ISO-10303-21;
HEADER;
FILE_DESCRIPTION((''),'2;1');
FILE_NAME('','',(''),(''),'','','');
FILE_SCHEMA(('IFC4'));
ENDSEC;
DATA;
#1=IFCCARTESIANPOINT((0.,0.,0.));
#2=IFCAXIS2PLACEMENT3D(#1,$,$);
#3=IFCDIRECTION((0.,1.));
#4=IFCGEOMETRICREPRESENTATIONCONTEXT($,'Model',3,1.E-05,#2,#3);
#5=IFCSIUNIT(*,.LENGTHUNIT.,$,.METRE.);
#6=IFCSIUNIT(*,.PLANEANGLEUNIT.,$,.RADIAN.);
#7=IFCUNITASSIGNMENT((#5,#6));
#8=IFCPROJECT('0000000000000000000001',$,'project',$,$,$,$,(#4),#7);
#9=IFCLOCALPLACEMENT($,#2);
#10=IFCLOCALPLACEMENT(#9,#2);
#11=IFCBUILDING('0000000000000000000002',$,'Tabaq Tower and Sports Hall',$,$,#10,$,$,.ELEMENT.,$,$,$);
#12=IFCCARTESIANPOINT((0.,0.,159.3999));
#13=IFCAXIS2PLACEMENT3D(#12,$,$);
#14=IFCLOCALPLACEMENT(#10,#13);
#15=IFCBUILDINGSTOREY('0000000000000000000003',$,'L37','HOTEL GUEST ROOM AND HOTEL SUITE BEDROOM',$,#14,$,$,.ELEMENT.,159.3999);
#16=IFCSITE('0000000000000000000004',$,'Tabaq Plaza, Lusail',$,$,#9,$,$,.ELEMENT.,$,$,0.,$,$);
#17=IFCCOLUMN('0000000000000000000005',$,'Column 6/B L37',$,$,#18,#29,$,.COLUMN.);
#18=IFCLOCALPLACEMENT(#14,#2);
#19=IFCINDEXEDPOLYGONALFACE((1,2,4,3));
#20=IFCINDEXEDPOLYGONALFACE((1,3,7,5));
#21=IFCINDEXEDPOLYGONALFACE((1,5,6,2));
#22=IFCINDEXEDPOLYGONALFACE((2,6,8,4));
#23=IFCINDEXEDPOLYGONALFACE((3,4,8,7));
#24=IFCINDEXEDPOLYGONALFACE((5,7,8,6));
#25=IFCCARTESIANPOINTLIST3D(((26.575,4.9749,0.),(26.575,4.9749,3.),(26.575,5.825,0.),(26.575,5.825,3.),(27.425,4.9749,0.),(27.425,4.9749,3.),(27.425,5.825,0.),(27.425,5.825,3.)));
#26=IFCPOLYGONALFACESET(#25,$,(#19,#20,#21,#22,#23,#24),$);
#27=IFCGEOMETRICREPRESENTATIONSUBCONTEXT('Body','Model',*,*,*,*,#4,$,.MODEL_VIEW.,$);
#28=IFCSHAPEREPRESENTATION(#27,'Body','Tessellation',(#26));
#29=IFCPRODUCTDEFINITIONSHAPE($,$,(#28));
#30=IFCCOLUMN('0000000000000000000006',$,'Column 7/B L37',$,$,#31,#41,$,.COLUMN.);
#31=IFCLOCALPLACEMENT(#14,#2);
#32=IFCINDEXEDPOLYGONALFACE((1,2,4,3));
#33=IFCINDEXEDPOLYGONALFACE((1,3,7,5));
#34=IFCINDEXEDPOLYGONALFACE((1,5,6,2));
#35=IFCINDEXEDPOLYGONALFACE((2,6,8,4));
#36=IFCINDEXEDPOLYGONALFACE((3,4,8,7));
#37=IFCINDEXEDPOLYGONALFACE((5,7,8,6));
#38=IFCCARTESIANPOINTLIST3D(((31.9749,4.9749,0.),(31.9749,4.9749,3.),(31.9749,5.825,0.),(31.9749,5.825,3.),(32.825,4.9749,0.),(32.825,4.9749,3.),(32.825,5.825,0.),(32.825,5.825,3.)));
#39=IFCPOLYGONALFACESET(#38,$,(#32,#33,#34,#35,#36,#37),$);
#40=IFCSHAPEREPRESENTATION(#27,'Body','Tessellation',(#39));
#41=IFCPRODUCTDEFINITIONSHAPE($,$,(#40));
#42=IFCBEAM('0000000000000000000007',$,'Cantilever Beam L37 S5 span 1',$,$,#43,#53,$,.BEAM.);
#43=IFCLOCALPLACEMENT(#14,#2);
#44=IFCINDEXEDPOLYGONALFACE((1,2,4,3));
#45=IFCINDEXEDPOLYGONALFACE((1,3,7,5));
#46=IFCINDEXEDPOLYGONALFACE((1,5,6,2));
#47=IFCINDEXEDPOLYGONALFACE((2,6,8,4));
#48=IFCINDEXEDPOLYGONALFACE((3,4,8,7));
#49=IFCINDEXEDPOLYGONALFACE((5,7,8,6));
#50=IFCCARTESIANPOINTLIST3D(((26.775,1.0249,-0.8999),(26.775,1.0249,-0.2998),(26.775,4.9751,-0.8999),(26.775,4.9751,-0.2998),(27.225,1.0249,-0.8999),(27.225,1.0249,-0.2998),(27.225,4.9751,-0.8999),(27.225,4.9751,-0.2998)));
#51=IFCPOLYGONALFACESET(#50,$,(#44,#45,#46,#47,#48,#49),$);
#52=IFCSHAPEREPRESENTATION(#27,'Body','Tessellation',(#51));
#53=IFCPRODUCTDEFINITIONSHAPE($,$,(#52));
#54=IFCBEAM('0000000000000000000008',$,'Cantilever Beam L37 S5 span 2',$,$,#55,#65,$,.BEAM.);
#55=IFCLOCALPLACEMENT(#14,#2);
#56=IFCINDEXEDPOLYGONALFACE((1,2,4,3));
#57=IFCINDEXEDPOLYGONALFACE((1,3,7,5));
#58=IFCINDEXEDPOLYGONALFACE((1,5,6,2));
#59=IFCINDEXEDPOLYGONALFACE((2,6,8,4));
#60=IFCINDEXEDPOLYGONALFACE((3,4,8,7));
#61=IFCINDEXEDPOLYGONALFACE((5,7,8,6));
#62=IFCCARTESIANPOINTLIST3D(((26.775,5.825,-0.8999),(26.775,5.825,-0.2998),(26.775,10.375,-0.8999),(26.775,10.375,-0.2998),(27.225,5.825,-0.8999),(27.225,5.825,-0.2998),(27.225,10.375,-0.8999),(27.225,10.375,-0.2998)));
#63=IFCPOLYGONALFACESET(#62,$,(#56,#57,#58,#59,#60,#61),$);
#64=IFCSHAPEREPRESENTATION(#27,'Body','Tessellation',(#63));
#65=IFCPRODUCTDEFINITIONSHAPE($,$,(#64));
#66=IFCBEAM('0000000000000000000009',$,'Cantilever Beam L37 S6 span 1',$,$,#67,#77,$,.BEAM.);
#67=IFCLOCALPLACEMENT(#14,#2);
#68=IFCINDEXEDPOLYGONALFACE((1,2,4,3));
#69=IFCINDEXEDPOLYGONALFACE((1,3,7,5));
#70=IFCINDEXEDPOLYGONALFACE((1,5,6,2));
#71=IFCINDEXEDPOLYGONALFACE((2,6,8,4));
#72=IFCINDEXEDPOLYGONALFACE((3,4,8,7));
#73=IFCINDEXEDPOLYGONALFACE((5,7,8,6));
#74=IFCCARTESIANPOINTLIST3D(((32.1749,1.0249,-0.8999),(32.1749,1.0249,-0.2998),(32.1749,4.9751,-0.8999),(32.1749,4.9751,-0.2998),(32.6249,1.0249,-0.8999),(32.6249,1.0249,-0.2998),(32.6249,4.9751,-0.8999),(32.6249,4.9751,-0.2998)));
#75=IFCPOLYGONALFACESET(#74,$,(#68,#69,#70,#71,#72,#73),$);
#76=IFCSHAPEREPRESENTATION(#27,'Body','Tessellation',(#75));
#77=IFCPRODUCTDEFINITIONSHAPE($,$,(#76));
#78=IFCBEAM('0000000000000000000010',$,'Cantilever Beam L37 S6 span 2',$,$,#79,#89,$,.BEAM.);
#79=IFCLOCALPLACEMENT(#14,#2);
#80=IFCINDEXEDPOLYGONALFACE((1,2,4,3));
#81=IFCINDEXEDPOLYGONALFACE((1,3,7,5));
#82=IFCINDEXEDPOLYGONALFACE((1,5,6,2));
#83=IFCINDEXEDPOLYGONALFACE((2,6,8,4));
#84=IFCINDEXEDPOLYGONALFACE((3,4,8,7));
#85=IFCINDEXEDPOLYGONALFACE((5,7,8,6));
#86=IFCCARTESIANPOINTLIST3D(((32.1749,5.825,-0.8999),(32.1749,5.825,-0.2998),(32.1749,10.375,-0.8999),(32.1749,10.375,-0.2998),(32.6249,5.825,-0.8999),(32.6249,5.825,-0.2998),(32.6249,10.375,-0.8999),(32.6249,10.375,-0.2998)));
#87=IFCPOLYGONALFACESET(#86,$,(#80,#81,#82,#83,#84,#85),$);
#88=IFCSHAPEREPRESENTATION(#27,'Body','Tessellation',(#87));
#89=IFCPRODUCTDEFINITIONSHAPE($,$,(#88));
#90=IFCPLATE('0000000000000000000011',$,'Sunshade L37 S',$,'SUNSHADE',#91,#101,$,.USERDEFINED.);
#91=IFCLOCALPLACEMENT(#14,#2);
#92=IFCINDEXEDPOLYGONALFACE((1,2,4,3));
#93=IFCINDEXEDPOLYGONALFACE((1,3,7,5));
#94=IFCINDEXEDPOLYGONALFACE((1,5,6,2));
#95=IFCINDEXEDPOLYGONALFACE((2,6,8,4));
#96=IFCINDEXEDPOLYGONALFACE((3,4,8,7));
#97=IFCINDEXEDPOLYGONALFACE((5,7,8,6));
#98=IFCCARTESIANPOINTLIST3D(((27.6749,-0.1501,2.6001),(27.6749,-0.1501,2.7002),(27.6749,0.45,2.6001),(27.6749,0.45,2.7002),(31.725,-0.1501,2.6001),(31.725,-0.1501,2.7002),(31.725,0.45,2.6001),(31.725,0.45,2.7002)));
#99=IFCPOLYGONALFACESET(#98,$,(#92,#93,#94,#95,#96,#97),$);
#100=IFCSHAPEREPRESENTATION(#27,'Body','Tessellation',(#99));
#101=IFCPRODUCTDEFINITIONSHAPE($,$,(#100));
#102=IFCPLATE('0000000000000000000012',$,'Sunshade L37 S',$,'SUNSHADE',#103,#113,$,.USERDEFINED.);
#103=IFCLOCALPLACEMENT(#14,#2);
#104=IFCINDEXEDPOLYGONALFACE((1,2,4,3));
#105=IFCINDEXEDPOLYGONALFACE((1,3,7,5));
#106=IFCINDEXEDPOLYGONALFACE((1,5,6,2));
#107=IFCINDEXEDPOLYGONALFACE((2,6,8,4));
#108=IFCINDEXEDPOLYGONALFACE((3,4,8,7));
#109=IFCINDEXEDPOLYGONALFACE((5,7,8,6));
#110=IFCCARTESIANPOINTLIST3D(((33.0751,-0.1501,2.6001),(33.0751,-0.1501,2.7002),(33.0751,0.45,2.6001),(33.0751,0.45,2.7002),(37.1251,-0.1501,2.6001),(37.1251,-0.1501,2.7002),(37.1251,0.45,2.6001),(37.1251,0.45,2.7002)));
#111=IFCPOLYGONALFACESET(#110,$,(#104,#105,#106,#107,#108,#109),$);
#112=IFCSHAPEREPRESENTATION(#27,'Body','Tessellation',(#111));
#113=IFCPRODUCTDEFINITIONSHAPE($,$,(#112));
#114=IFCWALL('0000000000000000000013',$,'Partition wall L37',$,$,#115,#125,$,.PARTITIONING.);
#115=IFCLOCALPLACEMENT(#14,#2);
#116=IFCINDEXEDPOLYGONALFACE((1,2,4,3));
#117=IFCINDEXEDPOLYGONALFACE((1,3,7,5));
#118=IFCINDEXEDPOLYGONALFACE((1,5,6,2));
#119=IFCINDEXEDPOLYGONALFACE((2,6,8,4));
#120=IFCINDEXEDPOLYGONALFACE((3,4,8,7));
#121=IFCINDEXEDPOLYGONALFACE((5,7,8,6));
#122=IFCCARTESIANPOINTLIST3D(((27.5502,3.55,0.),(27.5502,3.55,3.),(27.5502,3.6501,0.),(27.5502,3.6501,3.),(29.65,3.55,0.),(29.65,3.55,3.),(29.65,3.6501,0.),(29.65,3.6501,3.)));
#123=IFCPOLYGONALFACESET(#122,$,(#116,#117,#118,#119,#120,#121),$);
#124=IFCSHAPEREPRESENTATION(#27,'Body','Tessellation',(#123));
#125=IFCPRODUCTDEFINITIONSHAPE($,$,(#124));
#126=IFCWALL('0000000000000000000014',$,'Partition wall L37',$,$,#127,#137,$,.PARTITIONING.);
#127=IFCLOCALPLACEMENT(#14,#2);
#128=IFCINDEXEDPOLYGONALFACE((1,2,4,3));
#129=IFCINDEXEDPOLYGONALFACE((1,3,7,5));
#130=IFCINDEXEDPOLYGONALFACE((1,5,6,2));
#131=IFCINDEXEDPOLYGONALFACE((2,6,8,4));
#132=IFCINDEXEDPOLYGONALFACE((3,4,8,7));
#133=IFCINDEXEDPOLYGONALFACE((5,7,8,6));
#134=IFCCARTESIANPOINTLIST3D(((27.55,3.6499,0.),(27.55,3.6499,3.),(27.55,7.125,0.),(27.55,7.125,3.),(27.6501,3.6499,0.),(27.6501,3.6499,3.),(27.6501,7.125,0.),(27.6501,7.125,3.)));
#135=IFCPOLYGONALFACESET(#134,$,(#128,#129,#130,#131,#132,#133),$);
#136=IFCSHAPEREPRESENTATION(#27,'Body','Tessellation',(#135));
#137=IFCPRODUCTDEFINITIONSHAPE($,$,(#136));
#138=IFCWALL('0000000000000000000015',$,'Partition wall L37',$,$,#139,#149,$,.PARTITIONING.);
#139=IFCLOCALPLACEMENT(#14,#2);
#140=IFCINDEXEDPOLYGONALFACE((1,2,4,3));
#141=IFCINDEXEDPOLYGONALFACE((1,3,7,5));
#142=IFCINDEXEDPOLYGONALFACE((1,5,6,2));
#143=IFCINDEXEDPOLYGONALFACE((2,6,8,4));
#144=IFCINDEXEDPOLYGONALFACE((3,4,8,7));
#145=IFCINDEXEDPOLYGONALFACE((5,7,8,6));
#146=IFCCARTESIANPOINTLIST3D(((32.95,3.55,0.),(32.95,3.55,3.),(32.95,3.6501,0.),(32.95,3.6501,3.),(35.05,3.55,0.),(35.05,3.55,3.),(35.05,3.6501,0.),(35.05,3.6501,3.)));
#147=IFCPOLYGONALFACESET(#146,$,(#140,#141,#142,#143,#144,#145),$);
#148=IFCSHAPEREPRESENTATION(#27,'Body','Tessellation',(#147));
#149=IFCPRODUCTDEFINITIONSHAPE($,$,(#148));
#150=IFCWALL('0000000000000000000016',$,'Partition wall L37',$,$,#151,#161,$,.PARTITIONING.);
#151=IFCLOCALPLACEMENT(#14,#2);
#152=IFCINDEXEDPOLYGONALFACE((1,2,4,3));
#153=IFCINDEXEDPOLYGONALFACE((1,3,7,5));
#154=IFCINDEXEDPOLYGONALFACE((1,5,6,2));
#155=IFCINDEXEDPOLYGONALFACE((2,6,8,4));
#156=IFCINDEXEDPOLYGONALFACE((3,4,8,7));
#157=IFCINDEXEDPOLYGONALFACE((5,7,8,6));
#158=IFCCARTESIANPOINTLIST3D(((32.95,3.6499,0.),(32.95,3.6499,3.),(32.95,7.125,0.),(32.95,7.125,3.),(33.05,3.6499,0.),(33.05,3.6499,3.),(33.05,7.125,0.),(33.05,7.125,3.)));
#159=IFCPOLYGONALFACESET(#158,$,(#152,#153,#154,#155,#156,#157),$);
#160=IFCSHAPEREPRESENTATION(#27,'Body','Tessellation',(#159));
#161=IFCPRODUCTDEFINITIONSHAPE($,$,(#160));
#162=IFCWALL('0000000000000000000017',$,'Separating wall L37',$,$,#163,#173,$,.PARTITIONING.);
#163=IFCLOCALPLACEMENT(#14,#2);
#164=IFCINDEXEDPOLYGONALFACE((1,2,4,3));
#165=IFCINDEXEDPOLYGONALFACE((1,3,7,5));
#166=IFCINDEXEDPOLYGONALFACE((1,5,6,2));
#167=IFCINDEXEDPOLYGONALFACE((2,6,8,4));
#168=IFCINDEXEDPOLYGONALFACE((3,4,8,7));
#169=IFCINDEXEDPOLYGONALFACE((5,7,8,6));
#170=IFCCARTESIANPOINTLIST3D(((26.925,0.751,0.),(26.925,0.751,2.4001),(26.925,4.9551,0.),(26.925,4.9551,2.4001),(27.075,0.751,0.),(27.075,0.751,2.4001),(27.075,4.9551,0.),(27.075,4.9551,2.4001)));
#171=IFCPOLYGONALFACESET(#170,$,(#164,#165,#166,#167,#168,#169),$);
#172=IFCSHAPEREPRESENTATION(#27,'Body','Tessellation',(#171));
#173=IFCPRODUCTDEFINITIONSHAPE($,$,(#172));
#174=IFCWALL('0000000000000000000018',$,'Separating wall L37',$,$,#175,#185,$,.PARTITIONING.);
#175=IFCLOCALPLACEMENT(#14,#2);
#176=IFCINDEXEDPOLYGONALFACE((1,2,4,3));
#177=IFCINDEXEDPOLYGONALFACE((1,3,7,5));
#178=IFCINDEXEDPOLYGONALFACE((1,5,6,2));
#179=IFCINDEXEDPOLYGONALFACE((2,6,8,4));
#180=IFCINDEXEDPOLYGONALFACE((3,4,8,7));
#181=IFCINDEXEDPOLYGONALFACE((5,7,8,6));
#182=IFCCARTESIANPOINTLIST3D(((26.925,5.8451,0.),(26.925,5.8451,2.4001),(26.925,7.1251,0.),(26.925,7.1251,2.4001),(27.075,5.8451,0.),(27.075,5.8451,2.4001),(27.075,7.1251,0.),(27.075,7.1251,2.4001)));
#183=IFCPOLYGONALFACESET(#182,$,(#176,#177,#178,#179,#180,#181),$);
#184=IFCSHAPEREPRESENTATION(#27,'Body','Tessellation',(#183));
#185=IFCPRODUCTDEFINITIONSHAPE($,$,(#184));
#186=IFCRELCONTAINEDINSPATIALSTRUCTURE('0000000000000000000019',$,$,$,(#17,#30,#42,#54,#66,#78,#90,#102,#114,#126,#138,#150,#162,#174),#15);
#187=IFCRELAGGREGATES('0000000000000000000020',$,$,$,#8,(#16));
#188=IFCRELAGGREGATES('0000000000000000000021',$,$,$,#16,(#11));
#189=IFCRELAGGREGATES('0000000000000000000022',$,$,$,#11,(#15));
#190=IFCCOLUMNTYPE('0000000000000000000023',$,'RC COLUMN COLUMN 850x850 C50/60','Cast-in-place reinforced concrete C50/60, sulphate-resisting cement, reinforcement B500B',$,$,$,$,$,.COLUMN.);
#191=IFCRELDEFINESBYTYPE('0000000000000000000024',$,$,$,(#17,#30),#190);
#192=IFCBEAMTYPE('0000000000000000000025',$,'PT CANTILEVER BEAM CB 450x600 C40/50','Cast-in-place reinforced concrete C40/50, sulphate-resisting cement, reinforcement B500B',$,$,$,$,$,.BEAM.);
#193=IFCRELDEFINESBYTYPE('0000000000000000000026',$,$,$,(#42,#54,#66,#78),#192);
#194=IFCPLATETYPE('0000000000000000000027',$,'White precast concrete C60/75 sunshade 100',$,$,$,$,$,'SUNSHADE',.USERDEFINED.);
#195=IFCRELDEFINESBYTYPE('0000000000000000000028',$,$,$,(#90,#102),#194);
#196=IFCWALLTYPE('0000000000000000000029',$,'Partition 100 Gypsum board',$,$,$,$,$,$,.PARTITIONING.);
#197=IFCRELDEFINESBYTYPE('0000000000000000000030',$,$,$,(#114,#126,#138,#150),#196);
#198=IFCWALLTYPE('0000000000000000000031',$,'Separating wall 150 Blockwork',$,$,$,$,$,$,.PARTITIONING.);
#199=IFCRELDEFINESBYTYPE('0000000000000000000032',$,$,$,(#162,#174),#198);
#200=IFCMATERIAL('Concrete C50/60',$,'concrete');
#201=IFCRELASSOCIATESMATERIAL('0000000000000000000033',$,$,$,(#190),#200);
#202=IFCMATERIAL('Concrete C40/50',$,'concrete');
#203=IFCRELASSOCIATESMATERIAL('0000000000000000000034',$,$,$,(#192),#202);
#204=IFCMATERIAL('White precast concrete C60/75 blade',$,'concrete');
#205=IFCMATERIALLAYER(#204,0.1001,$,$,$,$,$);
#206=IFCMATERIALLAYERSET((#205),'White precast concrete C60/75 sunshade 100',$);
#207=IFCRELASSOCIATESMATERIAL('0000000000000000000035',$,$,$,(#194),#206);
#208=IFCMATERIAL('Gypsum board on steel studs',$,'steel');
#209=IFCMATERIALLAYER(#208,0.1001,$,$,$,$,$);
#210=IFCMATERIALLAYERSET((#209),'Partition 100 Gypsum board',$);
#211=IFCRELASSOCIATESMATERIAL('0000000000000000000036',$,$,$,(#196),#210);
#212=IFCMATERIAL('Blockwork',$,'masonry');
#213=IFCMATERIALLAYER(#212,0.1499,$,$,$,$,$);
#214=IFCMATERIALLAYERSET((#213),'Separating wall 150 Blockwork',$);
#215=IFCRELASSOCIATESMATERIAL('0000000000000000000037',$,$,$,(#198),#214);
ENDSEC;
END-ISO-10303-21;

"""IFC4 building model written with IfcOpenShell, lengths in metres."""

from ifc_helpers import new_model, si_unit, direction, frame, frame_2d, origin, origin_2d, place, context, subcontext, project, spatial, rectangle, extrude, material, layer, layer_set, material_profile, profile_set, type_object, element, save


model = new_model("IFC4")

# Units and contexts
model_context = context("Model", 3, precision=1e-05, world=origin(), true_north=direction((0.0, 1.0)))
body_context = subcontext(model_context, "Body", "Model", "MODEL_VIEW")
ifc_project = project(units=[si_unit("LENGTHUNIT", "METRE"), si_unit("PLANEANGLEUNIT", "RADIAN")], contexts=[model_context])

# Site, building, storey
site_placement = place(None, origin())
site = spatial("IfcSite", under=ifc_project, at=site_placement, Name="Tabaq Plaza, Lusail", CompositionType="ELEMENT", RefElevation=0.0)
building_placement = place(site_placement, origin())
building = spatial("IfcBuilding", under=site, at=building_placement, Name="Tabaq Tower and Sports Hall", CompositionType="ELEMENT")
storey_placement = place(building_placement, frame((0.0, 0.0, 159.3999)))
storey = spatial("IfcBuildingStorey", under=building, at=storey_placement, Name="L37", Description="HOTEL GUEST ROOM AND HOTEL SUITE BEDROOM", CompositionType="ELEMENT", Elevation=159.3999)

# Columns
ifc_material_1 = material(Name="Concrete C50/60", Category="concrete")
ifc_material_profile_1 = material_profile(ifc_material_1, rectangle(XDim=0.8501, YDim=0.8501, at=origin_2d()), Name="COLUMN 850x850")
ifc_profile_set_1 = profile_set([ifc_material_profile_1], Name="Concrete C50/60")
column_type = type_object("IfcColumnType", Name="RC COLUMN COLUMN 850x850 C50/60", Description="Cast-in-place reinforced concrete C50/60, sulphate-resisting cement, reinforcement B500B", PredefinedType="COLUMN", material=ifc_profile_set_1)
for number, where, z_axis, x_axis, name in (
    (1, (27.0, 5.3999, 0.0), (0.0, 0.0, 1.0), (1.0, 0.0, 0.0), "Column 6/B L37"),
    (2, (32.3999, 5.3999, 0.0), (0.0, 0.0, 1.0), (1.0, 0.0, 0.0), "Column 7/B L37"),
):
    element("IfcColumn", number, at=place(storey_placement, frame(where, z_axis=z_axis, x_axis=x_axis)), inside=storey, type_object=column_type, Name=name, PredefinedType="COLUMN", context=body_context, shape_type="SweptSolid", body=[
        extrude(rectangle(XDim=0.8501, YDim=0.8501, at=origin_2d()), origin(), (0.0, 0.0, 1.0), 3.0),
    ])

# Beams
ifc_material_2 = material(Name="Concrete C40/50", Category="concrete")
ifc_material_profile_2 = material_profile(ifc_material_2, rectangle(XDim=0.45, YDim=0.6001, at=origin_2d()), Name="CB 450x600")
ifc_profile_set_2 = profile_set([ifc_material_profile_2], Name="Concrete C40/50")
beam_type = type_object("IfcBeamType", Name="PT CANTILEVER BEAM CB 450x600 C40/50", Description="Cast-in-place reinforced concrete C40/50, sulphate-resisting cement, reinforcement B500B", PredefinedType="BEAM", material=ifc_profile_set_2)
beam_1_placement = place(storey_placement, frame((27.0, 1.0249, -0.5999), z_axis=(0.0, 1.0, 0.0), x_axis=(-1.0, 0.0, 0.0)))
element("IfcBeam", 3, at=beam_1_placement, inside=storey, type_object=beam_type, Name="Cantilever Beam L37 S5 span 1", PredefinedType="BEAM", context=body_context, shape_type="SweptSolid", body=[
    extrude(rectangle(XDim=0.45, YDim=0.6001, at=origin_2d()), origin(), (0.0, 0.0, 1.0), 3.9502),
])
beam_2_placement = place(storey_placement, frame((27.0, 5.825, -0.5999), z_axis=(0.0, 1.0, 0.0), x_axis=(-1.0, 0.0, 0.0)))
element("IfcBeam", 4, at=beam_2_placement, inside=storey, type_object=beam_type, Name="Cantilever Beam L37 S5 span 2", PredefinedType="BEAM", context=body_context, shape_type="SweptSolid", body=[
    extrude(rectangle(XDim=0.45, YDim=0.6001, at=origin_2d()), origin(), (0.0, 0.0, 1.0), 4.55),
])
beam_3_placement = place(storey_placement, frame((32.3999, 1.0249, -0.5999), z_axis=(0.0, 1.0, 0.0), x_axis=(-1.0, 0.0, 0.0)))
element("IfcBeam", 5, at=beam_3_placement, inside=storey, type_object=beam_type, Name="Cantilever Beam L37 S6 span 1", PredefinedType="BEAM", context=body_context, shape_type="SweptSolid", body=[
    extrude(rectangle(XDim=0.45, YDim=0.6001, at=origin_2d()), origin(), (0.0, 0.0, 1.0), 3.9502),
])
beam_4_placement = place(storey_placement, frame((32.3999, 5.825, -0.5999), z_axis=(0.0, 1.0, 0.0), x_axis=(-1.0, 0.0, 0.0)))
element("IfcBeam", 6, at=beam_4_placement, inside=storey, type_object=beam_type, Name="Cantilever Beam L37 S6 span 2", PredefinedType="BEAM", context=body_context, shape_type="SweptSolid", body=[
    extrude(rectangle(XDim=0.45, YDim=0.6001, at=origin_2d()), origin(), (0.0, 0.0, 1.0), 4.55),
])

# Plates
ifc_material_3 = material(Name="White precast concrete C60/75 blade", Category="concrete")
ifc_layer_1 = layer(ifc_material_3, 0.1001)
ifc_layer_set_1 = layer_set([ifc_layer_1], Name="White precast concrete C60/75 sunshade 100")
plate_type = type_object("IfcPlateType", Name="White precast concrete C60/75 sunshade 100", ElementType="SUNSHADE", PredefinedType="USERDEFINED", material=ifc_layer_set_1)
for number, where, z_axis, x_axis, name in (
    (7, (29.7, 0.1499, 2.6001), (0.0, 0.0, 1.0), (1.0, 0.0, 0.0), "Sunshade L37 S"),
    (8, (35.1001, 0.1499, 2.6001), (0.0, 0.0, 1.0), (1.0, 0.0, 0.0), "Sunshade L37 S"),
):
    element("IfcPlate", number, at=place(storey_placement, frame(where, z_axis=z_axis, x_axis=x_axis)), inside=storey, type_object=plate_type, Name=name, ObjectType="SUNSHADE", PredefinedType="USERDEFINED", context=body_context, shape_type="SweptSolid", body=[
        extrude(rectangle(XDim=4.05, YDim=0.6001, at=origin_2d()), origin(), (0.0, 0.0, 1.0), 0.1001),
    ])

# Walls
ifc_material_4 = material(Name="Gypsum board on steel studs", Category="steel")
ifc_layer_2 = layer(ifc_material_4, 0.1001)
ifc_layer_set_2 = layer_set([ifc_layer_2], Name="Partition 100 Gypsum board")
wall_type_1 = type_object("IfcWallType", Name="Partition 100 Gypsum board", PredefinedType="PARTITIONING", material=ifc_layer_set_2)
wall_1_placement = place(storey_placement, frame((29.6499, 3.6001, 0.0), z_axis=(0.0, 0.0, 1.0), x_axis=(-1.0, 0.0, 0.0)))
element("IfcWall", 9, at=wall_1_placement, inside=storey, type_object=wall_type_1, Name="Partition wall L37", PredefinedType="PARTITIONING", context=body_context, shape_type="SweptSolid", body=[
    extrude(rectangle(XDim=2.0999, YDim=0.1001, at=frame_2d((1.0498, 0.0))), origin(), (0.0, 0.0, 1.0), 3.0),
])
wall_2_placement = place(storey_placement, frame((27.6001, 3.6499, 0.0), z_axis=(0.0, 0.0, 1.0), x_axis=(0.0, 1.0, 0.0)))
element("IfcWall", 10, at=wall_2_placement, inside=storey, type_object=wall_type_1, Name="Partition wall L37", PredefinedType="PARTITIONING", context=body_context, shape_type="SweptSolid", body=[
    extrude(rectangle(XDim=3.4751, YDim=0.1001, at=frame_2d((1.7375, 0.0))), origin(), (0.0, 0.0, 1.0), 3.0),
])
wall_3_placement = place(storey_placement, frame((35.05, 3.6001, 0.0), z_axis=(0.0, 0.0, 1.0), x_axis=(-1.0, 0.0, 0.0)))
element("IfcWall", 11, at=wall_3_placement, inside=storey, type_object=wall_type_1, Name="Partition wall L37", PredefinedType="PARTITIONING", context=body_context, shape_type="SweptSolid", body=[
    extrude(rectangle(XDim=2.1001, YDim=0.1001, at=frame_2d((1.05, 0.0))), origin(), (0.0, 0.0, 1.0), 3.0),
])
wall_4_placement = place(storey_placement, frame((33.0, 3.6499, 0.0), z_axis=(0.0, 0.0, 1.0), x_axis=(0.0, 1.0, 0.0)))
element("IfcWall", 12, at=wall_4_placement, inside=storey, type_object=wall_type_1, Name="Partition wall L37", PredefinedType="PARTITIONING", context=body_context, shape_type="SweptSolid", body=[
    extrude(rectangle(XDim=3.4751, YDim=0.1001, at=frame_2d((1.7375, 0.0))), origin(), (0.0, 0.0, 1.0), 3.0),
])
ifc_material_5 = material(Name="Blockwork", Category="masonry")
ifc_layer_3 = layer(ifc_material_5, 0.1499)
ifc_layer_set_3 = layer_set([ifc_layer_3], Name="Separating wall 150 Blockwork")
wall_type_2 = type_object("IfcWallType", Name="Separating wall 150 Blockwork", PredefinedType="PARTITIONING", material=ifc_layer_set_3)
wall_5_placement = place(storey_placement, frame((27.0, 0.751, 0.0), z_axis=(0.0, 0.0, 1.0), x_axis=(0.0, 1.0, 0.0)))
element("IfcWall", 13, at=wall_5_placement, inside=storey, type_object=wall_type_2, Name="Separating wall L37", PredefinedType="PARTITIONING", context=body_context, shape_type="SweptSolid", body=[
    extrude(rectangle(XDim=4.2041, YDim=0.1499, at=frame_2d((2.1021, 0.0))), origin(), (0.0, 0.0, 1.0), 2.4001),
])
wall_6_placement = place(storey_placement, frame((27.0, 5.845, 0.0), z_axis=(0.0, 0.0, 1.0), x_axis=(0.0, 1.0, 0.0)))
element("IfcWall", 14, at=wall_6_placement, inside=storey, type_object=wall_type_2, Name="Separating wall L37", PredefinedType="PARTITIONING", context=body_context, shape_type="SweptSolid", body=[
    extrude(rectangle(XDim=1.28, YDim=0.1499, at=frame_2d((0.6401, 0.0))), origin(), (0.0, 0.0, 1.0), 2.4001),
])

save(model, "model.ifc")
